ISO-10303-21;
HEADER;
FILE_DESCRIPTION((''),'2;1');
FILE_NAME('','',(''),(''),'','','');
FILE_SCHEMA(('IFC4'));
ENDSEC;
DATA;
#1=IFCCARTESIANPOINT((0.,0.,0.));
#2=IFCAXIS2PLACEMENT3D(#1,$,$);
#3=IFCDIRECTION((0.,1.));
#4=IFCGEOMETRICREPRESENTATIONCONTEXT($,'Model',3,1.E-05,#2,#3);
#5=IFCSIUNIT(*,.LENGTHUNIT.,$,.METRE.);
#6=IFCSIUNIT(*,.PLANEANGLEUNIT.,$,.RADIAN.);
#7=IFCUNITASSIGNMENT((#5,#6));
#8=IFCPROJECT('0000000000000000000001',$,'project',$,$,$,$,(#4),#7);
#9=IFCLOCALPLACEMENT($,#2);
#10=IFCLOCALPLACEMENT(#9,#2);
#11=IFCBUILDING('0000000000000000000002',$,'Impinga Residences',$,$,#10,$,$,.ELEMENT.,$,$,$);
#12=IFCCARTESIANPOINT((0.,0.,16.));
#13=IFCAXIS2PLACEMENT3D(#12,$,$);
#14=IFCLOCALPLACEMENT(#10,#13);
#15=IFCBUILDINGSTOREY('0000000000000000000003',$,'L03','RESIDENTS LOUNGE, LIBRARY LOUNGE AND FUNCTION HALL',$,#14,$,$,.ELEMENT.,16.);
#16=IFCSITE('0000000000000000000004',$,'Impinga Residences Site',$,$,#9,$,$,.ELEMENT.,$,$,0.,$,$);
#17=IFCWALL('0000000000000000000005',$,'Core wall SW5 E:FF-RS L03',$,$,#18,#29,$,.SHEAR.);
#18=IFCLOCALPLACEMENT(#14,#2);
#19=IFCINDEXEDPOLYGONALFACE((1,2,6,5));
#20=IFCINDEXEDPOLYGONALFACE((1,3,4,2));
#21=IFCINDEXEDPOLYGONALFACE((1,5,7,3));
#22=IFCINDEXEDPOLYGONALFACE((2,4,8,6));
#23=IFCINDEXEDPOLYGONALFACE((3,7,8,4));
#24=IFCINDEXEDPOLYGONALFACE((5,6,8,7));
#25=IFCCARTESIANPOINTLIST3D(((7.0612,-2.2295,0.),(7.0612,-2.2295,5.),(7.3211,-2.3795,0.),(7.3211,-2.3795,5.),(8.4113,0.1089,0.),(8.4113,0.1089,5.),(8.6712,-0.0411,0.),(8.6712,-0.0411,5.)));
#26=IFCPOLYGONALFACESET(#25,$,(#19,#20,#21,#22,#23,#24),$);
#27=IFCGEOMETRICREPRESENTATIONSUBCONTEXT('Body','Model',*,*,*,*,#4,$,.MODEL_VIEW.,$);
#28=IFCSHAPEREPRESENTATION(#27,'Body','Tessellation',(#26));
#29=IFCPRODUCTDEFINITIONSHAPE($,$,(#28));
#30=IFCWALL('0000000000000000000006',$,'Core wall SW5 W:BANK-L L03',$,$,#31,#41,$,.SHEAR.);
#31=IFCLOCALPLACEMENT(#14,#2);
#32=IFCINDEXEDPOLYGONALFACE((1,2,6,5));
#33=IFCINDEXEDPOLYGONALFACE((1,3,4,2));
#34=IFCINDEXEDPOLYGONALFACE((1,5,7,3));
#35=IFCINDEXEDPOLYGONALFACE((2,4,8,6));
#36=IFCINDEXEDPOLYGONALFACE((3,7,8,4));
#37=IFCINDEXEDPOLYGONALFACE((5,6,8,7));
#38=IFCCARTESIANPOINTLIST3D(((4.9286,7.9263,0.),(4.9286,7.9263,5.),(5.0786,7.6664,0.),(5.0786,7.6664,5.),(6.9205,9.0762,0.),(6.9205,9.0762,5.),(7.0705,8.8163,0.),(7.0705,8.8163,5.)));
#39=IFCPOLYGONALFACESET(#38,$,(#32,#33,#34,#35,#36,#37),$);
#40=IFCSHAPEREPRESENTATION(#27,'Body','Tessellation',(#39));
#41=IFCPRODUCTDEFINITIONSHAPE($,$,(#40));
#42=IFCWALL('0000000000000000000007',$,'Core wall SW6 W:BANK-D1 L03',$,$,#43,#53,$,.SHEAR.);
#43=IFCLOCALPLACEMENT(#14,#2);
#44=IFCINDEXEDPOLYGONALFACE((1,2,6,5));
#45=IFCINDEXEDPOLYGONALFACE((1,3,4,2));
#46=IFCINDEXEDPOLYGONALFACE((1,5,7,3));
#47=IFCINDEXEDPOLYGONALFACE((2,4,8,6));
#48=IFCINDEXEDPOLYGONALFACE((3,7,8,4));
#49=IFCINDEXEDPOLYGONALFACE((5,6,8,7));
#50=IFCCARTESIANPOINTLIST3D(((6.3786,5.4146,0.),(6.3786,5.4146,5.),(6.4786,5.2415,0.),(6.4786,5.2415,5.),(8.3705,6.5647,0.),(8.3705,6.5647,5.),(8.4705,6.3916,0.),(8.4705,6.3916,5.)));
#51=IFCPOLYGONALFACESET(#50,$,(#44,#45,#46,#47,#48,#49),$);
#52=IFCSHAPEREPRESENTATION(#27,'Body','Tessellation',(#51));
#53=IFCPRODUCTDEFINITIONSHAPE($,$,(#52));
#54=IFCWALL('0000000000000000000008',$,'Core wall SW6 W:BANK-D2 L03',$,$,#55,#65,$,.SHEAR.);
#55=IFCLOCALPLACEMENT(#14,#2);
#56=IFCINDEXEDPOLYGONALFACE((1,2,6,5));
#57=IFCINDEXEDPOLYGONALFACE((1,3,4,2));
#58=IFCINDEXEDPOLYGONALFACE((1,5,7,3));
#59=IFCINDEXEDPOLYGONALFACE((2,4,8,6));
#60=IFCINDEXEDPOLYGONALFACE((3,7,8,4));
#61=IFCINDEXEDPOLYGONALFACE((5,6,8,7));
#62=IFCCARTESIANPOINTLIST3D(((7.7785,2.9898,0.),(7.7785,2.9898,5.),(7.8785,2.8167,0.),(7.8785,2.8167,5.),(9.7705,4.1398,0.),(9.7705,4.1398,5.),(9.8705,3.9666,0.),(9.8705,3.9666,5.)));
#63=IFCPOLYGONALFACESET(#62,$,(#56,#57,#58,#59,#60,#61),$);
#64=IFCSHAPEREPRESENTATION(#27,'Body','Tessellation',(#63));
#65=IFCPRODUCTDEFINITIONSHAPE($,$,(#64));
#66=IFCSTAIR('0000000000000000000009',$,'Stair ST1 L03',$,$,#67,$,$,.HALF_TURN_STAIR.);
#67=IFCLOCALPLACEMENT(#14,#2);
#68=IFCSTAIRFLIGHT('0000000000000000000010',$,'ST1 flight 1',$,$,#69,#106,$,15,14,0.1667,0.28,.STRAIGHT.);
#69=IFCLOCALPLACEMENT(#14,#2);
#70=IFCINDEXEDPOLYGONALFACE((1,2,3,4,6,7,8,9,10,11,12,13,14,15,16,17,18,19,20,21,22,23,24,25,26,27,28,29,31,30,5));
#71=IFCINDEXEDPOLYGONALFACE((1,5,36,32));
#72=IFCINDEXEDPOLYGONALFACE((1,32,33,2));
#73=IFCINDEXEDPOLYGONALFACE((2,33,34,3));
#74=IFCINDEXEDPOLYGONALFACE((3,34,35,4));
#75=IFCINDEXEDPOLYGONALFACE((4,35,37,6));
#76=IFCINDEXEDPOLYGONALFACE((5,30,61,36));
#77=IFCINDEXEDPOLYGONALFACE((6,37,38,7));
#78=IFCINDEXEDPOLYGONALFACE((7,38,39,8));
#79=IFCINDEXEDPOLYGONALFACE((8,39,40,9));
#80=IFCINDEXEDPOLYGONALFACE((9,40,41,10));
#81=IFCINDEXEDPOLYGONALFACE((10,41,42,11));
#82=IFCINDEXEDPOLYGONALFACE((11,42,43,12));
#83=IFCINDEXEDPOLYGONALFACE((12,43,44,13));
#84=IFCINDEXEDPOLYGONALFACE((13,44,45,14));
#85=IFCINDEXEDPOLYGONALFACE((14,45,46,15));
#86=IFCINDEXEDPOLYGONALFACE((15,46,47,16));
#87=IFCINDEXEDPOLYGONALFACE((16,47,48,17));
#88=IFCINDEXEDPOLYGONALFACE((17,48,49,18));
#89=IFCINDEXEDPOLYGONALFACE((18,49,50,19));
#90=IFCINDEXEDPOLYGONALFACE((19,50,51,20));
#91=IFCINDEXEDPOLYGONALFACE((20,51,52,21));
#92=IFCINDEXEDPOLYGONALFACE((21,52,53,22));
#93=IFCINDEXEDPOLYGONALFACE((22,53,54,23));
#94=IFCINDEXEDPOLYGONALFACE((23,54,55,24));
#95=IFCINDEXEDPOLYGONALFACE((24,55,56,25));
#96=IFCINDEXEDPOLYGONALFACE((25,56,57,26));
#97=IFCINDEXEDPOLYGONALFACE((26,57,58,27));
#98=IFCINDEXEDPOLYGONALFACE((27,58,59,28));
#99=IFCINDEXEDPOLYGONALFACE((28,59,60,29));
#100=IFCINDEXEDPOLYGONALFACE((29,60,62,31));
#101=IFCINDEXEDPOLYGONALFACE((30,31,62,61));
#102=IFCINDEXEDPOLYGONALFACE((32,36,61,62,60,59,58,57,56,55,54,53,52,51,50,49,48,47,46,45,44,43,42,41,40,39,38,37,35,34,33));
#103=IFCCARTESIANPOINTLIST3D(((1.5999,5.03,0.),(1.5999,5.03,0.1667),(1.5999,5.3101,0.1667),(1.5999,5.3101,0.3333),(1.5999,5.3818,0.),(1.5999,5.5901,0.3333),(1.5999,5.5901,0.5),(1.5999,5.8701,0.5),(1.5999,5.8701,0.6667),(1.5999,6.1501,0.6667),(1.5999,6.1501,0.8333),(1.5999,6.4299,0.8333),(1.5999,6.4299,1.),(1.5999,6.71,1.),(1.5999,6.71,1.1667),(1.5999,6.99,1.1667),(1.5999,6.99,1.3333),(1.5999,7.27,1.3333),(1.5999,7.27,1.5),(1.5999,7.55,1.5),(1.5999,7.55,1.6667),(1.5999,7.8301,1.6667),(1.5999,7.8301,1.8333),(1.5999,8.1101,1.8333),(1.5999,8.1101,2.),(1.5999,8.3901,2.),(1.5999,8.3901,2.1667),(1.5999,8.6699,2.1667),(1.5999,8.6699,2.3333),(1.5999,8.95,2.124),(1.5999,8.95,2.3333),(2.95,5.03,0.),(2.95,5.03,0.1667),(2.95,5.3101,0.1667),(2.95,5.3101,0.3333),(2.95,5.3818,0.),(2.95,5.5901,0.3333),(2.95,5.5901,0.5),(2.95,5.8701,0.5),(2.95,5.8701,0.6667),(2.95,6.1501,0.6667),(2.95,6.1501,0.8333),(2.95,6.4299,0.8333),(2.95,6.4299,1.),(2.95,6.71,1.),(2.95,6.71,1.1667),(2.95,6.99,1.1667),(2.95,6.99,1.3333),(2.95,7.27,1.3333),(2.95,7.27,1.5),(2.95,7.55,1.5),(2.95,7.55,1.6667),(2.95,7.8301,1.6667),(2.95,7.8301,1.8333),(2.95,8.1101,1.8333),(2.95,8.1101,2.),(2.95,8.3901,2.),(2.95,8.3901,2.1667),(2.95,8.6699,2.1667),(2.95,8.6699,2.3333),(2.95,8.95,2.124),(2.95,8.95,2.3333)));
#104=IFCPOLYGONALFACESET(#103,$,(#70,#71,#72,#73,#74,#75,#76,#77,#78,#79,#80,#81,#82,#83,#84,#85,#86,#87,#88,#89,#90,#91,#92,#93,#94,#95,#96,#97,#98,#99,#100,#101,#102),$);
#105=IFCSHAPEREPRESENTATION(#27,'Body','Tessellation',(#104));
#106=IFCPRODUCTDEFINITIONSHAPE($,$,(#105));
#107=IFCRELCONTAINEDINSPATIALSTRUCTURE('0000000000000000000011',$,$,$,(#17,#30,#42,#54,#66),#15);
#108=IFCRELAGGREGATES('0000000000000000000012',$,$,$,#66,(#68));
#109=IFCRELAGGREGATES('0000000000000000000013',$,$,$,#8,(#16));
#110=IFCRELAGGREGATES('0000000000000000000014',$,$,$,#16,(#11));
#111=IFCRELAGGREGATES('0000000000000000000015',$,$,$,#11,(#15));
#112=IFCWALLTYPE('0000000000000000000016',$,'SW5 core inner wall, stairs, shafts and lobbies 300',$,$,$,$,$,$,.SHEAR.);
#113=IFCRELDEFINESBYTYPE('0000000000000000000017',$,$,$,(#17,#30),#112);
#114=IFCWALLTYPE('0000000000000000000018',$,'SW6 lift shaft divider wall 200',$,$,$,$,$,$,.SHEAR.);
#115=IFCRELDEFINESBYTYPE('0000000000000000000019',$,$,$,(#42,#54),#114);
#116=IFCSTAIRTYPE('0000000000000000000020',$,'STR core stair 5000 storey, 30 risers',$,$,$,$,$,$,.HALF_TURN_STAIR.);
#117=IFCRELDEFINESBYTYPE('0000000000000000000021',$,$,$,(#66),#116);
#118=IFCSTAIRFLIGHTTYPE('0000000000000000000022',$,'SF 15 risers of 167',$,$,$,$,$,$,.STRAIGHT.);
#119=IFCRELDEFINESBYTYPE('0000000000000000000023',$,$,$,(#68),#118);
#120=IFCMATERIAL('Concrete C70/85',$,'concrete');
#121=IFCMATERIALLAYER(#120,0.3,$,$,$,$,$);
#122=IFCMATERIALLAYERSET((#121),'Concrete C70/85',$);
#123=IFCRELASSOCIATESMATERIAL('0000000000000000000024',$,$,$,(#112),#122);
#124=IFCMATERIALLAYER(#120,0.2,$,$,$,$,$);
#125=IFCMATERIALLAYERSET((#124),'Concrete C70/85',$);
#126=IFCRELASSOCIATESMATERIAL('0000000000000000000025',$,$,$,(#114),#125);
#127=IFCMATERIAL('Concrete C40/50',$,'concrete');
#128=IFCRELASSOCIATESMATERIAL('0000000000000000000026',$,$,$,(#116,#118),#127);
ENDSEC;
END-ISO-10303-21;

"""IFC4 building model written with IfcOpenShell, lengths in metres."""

from ifc_helpers import new_model, si_unit, direction, frame, frame_2d, origin, place, context, subcontext, project, spatial, polyline, rectangle, outline, extrude, material, layer, layer_set, type_object, element, aggregate, save


model = new_model("IFC4")

# Units and contexts
model_context = context("Model", 3, precision=1e-05, world=origin(), true_north=direction((0.0, 1.0)))
body_context = subcontext(model_context, "Body", "Model", "MODEL_VIEW")
ifc_project = project(units=[si_unit("LENGTHUNIT", "METRE"), si_unit("PLANEANGLEUNIT", "RADIAN")], contexts=[model_context])

# Site, building, storey
site_placement = place(None, origin())
site = spatial("IfcSite", under=ifc_project, at=site_placement, Name="Impinga Residences Site", CompositionType="ELEMENT", RefElevation=0.0)
building_placement = place(site_placement, origin())
building = spatial("IfcBuilding", under=site, at=building_placement, Name="Impinga Residences", CompositionType="ELEMENT")
storey_placement = place(building_placement, frame((0.0, 0.0, 16.0)))
storey = spatial("IfcBuildingStorey", under=building, at=storey_placement, Name="L03", Description="RESIDENTS LOUNGE, LIBRARY LOUNGE AND FUNCTION HALL", CompositionType="ELEMENT", Elevation=16.0)

# Shared definitions
ifc_material_1 = material(Name="Concrete C40/50", Category="concrete")

# Shared definitions
ifc_material_2 = material(Name="Concrete C70/85", Category="concrete")
ifc_layer_1 = layer(ifc_material_2, 0.3)
ifc_layer_set_1 = layer_set([ifc_layer_1], Name="Concrete C70/85")
wall_type_1 = type_object("IfcWallType", Name="SW5 core inner wall, stairs, shafts and lobbies 300", PredefinedType="SHEAR", material=ifc_layer_set_1)

# Walls
wall_1_placement = place(storey_placement, frame((8.5413, 0.0339, 0.0), z_axis=(0.0, 0.0, 1.0), x_axis=(-0.500009, -0.86602, 0.0)))
element("IfcWall", 1, at=wall_1_placement, inside=storey, type_object=wall_type_1, Name="Core wall SW5 E:FF-RS L03", PredefinedType="SHEAR", context=body_context, shape_type="SweptSolid", body=[
    extrude(rectangle(XDim=2.7002, YDim=0.3, at=frame_2d((1.3501, 0.0))), origin(), (0.0, 0.0, 1.0), 5.0),
])
wall_2_placement = place(storey_placement, frame((5.0037, 7.7964, 0.0), z_axis=(0.0, 0.0, 1.0), x_axis=(0.866053, 0.499952, 0.0)))
element("IfcWall", 2, at=wall_2_placement, inside=storey, type_object=wall_type_1, Name="Core wall SW5 W:BANK-L L03", PredefinedType="SHEAR", context=body_context, shape_type="SweptSolid", body=[
    extrude(rectangle(XDim=2.3, YDim=0.3, at=frame_2d((1.1499, 0.0))), origin(), (0.0, 0.0, 1.0), 5.0),
])
ifc_layer_2 = layer(ifc_material_2, 0.2)
ifc_layer_set_2 = layer_set([ifc_layer_2], Name="Concrete C70/85")
wall_type_2 = type_object("IfcWallType", Name="SW6 lift shaft divider wall 200", PredefinedType="SHEAR", material=ifc_layer_set_2)
for number, where, z_axis, x_axis, name in (
    (3, (6.4287, 5.3281, 0.0), (0.0, 0.0, 1.0), (0.866007, 0.500032, 0.0), "Core wall SW6 W:BANK-D1 L03"),
    (4, (7.8286, 2.9033, 0.0), (0.0, 0.0, 1.0), (0.866053, 0.499952, 0.0), "Core wall SW6 W:BANK-D2 L03"),
):
    element("IfcWall", number, at=place(storey_placement, frame(where, z_axis=z_axis, x_axis=x_axis)), inside=storey, type_object=wall_type_2, Name=name, PredefinedType="SHEAR", context=body_context, shape_type="SweptSolid", body=[
        extrude(rectangle(XDim=2.3, YDim=0.2, at=frame_2d((1.1499, 0.0))), origin(), (0.0, 0.0, 1.0), 5.0),
    ])

# Stair, stair flight
stair_type_1 = type_object("IfcStairType", Name="STR core stair 5000 storey, 30 risers", PredefinedType="HALF_TURN_STAIR", material=ifc_material_1)
stair_1_placement = place(storey_placement, origin())
stair_1 = element("IfcStair", 5, at=stair_1_placement, inside=storey, type_object=stair_type_1, Name="Stair ST1 L03", PredefinedType="HALF_TURN_STAIR")
stair_flight_type = type_object("IfcStairFlightType", Name="SF 15 risers of 167", PredefinedType="STRAIGHT", material=ifc_material_1)
stair_flight_placement = place(storey_placement, frame((2.2749, 5.03, 0.0), z_axis=(0.0, 0.0, 1.0), x_axis=(0.0, 1.0, 0.0)))
stair_flight = element("IfcStairFlight", 6, at=stair_flight_placement, type_object=stair_flight_type, Name="ST1 flight 1", NumberOfRisers=15, NumberOfTreads=14, PredefinedType="STRAIGHT", RiserHeight=0.1667, TreadLength=0.28, context=body_context, shape_type="SweptSolid", body=[
    extrude(outline(polyline([(0.0, 0.0), (0.0, 0.1667), (0.28, 0.1667), (0.28, 0.3333), (0.5601, 0.3333), (0.5601, 0.5), (0.8401, 0.5), (0.8401, 0.6667), (1.1201, 0.6667), (1.1201, 0.8333), (1.3999, 0.8333), (1.3999, 1.0), (1.6799, 1.0), (1.6799, 1.1667), (1.96, 1.1667), (1.96, 1.3333), (2.24, 1.3333), (2.24, 1.5), (2.52, 1.5), (2.52, 1.6667), (2.8, 1.6667), (2.8, 1.8333), (3.0801, 1.8333), (3.0801, 2.0), (3.3601, 2.0), (3.3601, 2.1667), (3.6399, 2.1667), (3.6399, 2.3333), (3.9199, 2.3333), (3.9199, 2.5), (3.9199, 2.124), (0.3518, 0.0), (0.0, 0.0)])), frame((0.0, 0.675, 0.0), z_axis=(0.0, -1.0, 0.0), x_axis=(1.0, 0.0, 0.0)), (0.0, 0.0, 1.0), 1.3501),
])
aggregate(stair_1, [stair_flight])

save(model, "model.ifc")
